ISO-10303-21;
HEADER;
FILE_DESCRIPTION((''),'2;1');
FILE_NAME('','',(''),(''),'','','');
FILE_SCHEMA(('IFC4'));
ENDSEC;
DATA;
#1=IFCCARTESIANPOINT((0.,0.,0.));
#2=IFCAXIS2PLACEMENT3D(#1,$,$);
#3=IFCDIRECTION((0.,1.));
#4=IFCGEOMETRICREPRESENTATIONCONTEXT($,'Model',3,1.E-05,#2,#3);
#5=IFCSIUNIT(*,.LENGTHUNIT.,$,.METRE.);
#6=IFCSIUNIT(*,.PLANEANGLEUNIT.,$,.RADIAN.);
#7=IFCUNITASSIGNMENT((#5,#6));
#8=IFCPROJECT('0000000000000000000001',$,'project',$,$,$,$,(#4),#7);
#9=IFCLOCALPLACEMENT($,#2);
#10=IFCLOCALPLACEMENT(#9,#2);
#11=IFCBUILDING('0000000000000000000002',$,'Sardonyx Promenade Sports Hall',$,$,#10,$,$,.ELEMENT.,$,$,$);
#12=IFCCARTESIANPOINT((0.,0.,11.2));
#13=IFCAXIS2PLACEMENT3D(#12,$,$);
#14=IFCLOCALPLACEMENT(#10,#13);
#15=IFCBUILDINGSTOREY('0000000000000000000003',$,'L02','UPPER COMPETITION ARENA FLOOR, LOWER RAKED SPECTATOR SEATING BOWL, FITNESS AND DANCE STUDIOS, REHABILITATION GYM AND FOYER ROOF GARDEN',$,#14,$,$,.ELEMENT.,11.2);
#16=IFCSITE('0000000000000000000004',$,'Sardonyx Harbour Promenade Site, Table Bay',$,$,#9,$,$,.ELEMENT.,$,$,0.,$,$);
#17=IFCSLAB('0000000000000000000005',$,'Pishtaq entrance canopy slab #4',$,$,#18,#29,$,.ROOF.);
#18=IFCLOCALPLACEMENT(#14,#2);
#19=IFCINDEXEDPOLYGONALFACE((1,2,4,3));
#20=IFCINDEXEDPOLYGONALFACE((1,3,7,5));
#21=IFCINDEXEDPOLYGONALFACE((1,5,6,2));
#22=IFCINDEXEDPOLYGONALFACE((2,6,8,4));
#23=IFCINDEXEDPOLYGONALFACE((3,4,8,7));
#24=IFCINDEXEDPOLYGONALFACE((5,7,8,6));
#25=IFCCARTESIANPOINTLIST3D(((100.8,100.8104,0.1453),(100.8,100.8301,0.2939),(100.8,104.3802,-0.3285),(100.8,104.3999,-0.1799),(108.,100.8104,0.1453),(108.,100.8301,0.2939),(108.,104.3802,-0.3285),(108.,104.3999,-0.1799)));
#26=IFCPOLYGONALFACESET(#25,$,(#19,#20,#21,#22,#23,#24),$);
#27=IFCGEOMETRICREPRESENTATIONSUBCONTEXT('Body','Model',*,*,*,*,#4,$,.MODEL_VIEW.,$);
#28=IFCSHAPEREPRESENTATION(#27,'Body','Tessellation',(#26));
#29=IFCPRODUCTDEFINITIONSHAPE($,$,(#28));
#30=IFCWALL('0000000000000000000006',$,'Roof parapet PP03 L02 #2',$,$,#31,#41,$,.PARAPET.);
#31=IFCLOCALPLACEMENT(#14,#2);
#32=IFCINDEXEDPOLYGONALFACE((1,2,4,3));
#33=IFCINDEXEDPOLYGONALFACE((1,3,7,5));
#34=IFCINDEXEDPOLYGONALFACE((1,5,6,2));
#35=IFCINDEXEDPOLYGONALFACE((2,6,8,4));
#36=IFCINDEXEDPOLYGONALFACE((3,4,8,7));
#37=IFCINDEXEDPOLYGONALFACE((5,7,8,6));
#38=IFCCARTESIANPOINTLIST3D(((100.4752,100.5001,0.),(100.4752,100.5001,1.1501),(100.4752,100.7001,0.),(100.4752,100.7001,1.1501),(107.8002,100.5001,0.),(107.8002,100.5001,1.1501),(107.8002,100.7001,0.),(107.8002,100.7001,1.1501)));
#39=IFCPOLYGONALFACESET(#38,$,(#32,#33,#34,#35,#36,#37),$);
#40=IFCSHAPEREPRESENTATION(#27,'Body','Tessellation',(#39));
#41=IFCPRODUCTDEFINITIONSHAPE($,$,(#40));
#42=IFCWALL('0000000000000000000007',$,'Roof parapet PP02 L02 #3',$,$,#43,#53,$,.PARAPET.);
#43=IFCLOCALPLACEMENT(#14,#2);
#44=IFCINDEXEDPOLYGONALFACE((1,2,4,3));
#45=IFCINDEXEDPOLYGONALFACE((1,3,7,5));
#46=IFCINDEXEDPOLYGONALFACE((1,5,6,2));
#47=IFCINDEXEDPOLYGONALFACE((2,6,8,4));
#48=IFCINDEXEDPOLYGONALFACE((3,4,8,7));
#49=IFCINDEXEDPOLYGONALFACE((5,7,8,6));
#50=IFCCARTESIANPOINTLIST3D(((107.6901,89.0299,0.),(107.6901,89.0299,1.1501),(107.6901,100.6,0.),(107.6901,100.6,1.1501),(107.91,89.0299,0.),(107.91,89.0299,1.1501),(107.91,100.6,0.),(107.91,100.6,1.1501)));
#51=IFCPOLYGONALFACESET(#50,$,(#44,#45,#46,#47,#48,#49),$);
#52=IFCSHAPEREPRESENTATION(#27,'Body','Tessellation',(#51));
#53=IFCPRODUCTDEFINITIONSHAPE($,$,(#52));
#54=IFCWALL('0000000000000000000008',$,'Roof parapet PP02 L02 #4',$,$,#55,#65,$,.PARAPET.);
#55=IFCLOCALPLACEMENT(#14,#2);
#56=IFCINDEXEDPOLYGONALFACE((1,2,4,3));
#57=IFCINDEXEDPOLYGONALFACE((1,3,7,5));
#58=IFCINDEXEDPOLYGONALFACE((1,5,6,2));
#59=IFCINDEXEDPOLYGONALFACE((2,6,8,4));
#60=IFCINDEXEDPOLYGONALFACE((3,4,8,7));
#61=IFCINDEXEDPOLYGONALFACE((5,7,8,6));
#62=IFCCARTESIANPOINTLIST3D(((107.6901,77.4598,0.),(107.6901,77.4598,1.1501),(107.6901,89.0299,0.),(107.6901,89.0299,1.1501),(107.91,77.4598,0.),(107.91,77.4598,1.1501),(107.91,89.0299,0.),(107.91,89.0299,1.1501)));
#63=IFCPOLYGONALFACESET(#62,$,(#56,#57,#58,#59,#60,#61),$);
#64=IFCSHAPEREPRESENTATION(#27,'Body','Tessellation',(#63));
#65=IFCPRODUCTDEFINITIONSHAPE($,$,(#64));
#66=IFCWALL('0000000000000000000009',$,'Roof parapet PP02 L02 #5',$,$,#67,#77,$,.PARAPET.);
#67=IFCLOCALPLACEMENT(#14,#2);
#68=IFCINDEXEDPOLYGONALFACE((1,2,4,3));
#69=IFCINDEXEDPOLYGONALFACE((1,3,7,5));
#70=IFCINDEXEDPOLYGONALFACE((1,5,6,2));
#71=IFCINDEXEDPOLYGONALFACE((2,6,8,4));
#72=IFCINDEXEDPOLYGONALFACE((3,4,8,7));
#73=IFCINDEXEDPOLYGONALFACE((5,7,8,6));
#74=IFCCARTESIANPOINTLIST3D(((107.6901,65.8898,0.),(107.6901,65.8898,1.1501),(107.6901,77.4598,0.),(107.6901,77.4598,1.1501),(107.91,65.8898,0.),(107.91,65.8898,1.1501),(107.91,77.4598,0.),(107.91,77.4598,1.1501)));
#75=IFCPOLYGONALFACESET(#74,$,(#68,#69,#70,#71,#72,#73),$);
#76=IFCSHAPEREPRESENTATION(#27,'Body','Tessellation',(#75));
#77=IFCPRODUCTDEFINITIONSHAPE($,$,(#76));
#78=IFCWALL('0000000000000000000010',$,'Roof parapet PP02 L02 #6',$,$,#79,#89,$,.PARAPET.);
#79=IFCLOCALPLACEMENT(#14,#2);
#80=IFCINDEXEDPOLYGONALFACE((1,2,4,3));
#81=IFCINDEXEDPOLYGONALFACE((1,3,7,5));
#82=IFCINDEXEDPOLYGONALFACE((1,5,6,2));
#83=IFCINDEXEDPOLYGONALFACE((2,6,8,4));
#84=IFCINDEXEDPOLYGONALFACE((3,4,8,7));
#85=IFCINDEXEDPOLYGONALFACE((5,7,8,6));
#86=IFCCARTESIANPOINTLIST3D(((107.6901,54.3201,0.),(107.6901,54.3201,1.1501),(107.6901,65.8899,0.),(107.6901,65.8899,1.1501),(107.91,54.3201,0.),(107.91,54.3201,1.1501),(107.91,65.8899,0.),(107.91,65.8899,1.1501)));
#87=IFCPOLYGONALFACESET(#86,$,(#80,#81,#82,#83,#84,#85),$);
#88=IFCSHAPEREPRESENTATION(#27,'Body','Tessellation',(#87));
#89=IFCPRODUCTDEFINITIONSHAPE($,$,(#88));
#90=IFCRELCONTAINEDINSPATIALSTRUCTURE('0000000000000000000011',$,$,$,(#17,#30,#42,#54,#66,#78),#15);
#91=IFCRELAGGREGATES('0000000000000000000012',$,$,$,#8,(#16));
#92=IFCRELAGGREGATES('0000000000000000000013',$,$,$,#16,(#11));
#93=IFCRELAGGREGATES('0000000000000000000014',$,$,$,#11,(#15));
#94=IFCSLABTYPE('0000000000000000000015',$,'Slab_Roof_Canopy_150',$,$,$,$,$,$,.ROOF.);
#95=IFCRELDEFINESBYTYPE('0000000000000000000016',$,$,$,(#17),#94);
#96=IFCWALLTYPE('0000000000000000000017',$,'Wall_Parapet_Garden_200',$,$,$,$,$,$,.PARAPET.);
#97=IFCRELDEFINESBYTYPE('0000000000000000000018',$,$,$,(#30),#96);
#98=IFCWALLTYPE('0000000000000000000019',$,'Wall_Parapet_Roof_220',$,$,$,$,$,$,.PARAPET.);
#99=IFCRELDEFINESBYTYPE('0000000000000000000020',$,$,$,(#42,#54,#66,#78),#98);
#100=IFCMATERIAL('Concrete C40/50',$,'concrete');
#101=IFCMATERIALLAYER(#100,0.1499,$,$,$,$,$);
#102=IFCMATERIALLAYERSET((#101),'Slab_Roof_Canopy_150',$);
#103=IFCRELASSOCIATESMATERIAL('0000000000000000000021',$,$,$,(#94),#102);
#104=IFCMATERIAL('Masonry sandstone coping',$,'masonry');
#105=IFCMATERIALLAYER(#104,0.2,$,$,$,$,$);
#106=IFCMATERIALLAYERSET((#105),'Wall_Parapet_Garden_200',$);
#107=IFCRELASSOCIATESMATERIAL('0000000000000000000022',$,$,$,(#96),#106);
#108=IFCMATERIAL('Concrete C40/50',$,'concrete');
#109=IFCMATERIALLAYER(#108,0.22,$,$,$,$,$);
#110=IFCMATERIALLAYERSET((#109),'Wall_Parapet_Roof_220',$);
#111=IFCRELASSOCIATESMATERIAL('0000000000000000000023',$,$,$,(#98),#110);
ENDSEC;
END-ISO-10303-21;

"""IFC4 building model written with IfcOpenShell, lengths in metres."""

from ifc_helpers import new_model, si_unit, direction, frame, frame_2d, origin, place, context, subcontext, project, spatial, polyline, rectangle, outline, extrude, material, layer, layer_set, type_object, element, save


model = new_model("IFC4")

# Units and contexts
model_context = context("Model", 3, precision=1e-05, world=origin(), true_north=direction((0.0, 1.0)))
body_context = subcontext(model_context, "Body", "Model", "MODEL_VIEW")
ifc_project = project(units=[si_unit("LENGTHUNIT", "METRE"), si_unit("PLANEANGLEUNIT", "RADIAN")], contexts=[model_context])

# Site, building, storey
site_placement = place(None, origin())
site = spatial("IfcSite", under=ifc_project, at=site_placement, Name="Sardonyx Harbour Promenade Site, Table Bay", CompositionType="ELEMENT", RefElevation=0.0)
building_placement = place(site_placement, origin())
building = spatial("IfcBuilding", under=site, at=building_placement, Name="Sardonyx Promenade Sports Hall", CompositionType="ELEMENT")
storey_placement = place(building_placement, frame((0.0, 0.0, 11.2)))
storey = spatial("IfcBuildingStorey", under=building, at=storey_placement, Name="L02", Description="UPPER COMPETITION ARENA FLOOR, LOWER RAKED SPECTATOR SEATING BOWL, FITNESS AND DANCE STUDIOS, REHABILITATION GYM AND FOYER ROOF GARDEN", CompositionType="ELEMENT", Elevation=11.2)

# Slab
ifc_material_1 = material(Name="Concrete C40/50", Category="concrete")
ifc_layer_1 = layer(ifc_material_1, 0.1499)
ifc_layer_set_1 = layer_set([ifc_layer_1], Name="Slab_Roof_Canopy_150")
slab_type = type_object("IfcSlabType", Name="Slab_Roof_Canopy_150", PredefinedType="ROOF", material=ifc_layer_set_1)
slab_placement = place(storey_placement, frame((100.8, 104.3999, -0.1799), z_axis=(0.0, 0.131591, 0.991304), x_axis=(0.0, -0.991304, 0.131591)))
element("IfcSlab", 1, at=slab_placement, inside=storey, type_object=slab_type, Name="Pishtaq entrance canopy slab #4", PredefinedType="ROOF", context=body_context, shape_type="SweptSolid", body=[
    extrude(outline(polyline([(0.0, 0.0), (3.6011, 0.0), (3.6011, 7.2), (0.0, 7.2), (0.0, 0.0)])), origin(), (0.0, 0.0, -1.0), 0.1499),
])

# Walls
ifc_material_2 = material(Name="Masonry sandstone coping", Category="masonry")
ifc_layer_2 = layer(ifc_material_2, 0.2)
ifc_layer_set_2 = layer_set([ifc_layer_2], Name="Wall_Parapet_Garden_200")
wall_type_1 = type_object("IfcWallType", Name="Wall_Parapet_Garden_200", PredefinedType="PARAPET", material=ifc_layer_set_2)
wall_1_placement = place(storey_placement, frame((100.4751, 100.6001, 0.0), z_axis=(0.0, 0.0, 1.0), x_axis=(1.0, 0.0, 0.0)))
element("IfcWall", 2, at=wall_1_placement, inside=storey, type_object=wall_type_1, Name="Roof parapet PP03 L02 #2", PredefinedType="PARAPET", context=body_context, shape_type="SweptSolid", body=[
    extrude(rectangle(XDim=7.325, YDim=0.2, at=frame_2d((3.6626, 0.0))), origin(), (0.0, 0.0, 1.0), 1.1501),
])
ifc_material_3 = material(Name="Concrete C40/50", Category="concrete")
ifc_layer_3 = layer(ifc_material_3, 0.22)
ifc_layer_set_3 = layer_set([ifc_layer_3], Name="Wall_Parapet_Roof_220")
wall_type_2 = type_object("IfcWallType", Name="Wall_Parapet_Roof_220", PredefinedType="PARAPET", material=ifc_layer_set_3)
for number, where, z_axis, x_axis, name in (
    (3, (107.8, 100.6001, 0.0), (0.0, 0.0, 1.0), (0.0, -1.0, 0.0), "Roof parapet PP02 L02 #3"),
    (4, (107.8, 89.03, 0.0), (0.0, 0.0, 1.0), (0.0, -1.0, 0.0), "Roof parapet PP02 L02 #4"),
    (5, (107.8, 77.46, 0.0), (0.0, 0.0, 1.0), (0.0, -1.0, 0.0), "Roof parapet PP02 L02 #5"),
):
    element("IfcWall", number, at=place(storey_placement, frame(where, z_axis=z_axis, x_axis=x_axis)), inside=storey, type_object=wall_type_2, Name=name, PredefinedType="PARAPET", context=body_context, shape_type="SweptSolid", body=[
        extrude(rectangle(XDim=11.5701, YDim=0.22, at=frame_2d((5.7852, 0.0))), origin(), (0.0, 0.0, 1.0), 1.1501),
    ])
wall_2_placement = place(storey_placement, frame((107.8, 65.8899, 0.0), z_axis=(0.0, 0.0, 1.0), x_axis=(0.0, -1.0, 0.0)))
element("IfcWall", 6, at=wall_2_placement, inside=storey, type_object=wall_type_2, Name="Roof parapet PP02 L02 #6", PredefinedType="PARAPET", context=body_context, shape_type="SweptSolid", body=[
    extrude(rectangle(XDim=11.5698, YDim=0.22, at=frame_2d((5.7849, 0.0))), origin(), (0.0, 0.0, 1.0), 1.1501),
])

save(model, "model.ifc")
